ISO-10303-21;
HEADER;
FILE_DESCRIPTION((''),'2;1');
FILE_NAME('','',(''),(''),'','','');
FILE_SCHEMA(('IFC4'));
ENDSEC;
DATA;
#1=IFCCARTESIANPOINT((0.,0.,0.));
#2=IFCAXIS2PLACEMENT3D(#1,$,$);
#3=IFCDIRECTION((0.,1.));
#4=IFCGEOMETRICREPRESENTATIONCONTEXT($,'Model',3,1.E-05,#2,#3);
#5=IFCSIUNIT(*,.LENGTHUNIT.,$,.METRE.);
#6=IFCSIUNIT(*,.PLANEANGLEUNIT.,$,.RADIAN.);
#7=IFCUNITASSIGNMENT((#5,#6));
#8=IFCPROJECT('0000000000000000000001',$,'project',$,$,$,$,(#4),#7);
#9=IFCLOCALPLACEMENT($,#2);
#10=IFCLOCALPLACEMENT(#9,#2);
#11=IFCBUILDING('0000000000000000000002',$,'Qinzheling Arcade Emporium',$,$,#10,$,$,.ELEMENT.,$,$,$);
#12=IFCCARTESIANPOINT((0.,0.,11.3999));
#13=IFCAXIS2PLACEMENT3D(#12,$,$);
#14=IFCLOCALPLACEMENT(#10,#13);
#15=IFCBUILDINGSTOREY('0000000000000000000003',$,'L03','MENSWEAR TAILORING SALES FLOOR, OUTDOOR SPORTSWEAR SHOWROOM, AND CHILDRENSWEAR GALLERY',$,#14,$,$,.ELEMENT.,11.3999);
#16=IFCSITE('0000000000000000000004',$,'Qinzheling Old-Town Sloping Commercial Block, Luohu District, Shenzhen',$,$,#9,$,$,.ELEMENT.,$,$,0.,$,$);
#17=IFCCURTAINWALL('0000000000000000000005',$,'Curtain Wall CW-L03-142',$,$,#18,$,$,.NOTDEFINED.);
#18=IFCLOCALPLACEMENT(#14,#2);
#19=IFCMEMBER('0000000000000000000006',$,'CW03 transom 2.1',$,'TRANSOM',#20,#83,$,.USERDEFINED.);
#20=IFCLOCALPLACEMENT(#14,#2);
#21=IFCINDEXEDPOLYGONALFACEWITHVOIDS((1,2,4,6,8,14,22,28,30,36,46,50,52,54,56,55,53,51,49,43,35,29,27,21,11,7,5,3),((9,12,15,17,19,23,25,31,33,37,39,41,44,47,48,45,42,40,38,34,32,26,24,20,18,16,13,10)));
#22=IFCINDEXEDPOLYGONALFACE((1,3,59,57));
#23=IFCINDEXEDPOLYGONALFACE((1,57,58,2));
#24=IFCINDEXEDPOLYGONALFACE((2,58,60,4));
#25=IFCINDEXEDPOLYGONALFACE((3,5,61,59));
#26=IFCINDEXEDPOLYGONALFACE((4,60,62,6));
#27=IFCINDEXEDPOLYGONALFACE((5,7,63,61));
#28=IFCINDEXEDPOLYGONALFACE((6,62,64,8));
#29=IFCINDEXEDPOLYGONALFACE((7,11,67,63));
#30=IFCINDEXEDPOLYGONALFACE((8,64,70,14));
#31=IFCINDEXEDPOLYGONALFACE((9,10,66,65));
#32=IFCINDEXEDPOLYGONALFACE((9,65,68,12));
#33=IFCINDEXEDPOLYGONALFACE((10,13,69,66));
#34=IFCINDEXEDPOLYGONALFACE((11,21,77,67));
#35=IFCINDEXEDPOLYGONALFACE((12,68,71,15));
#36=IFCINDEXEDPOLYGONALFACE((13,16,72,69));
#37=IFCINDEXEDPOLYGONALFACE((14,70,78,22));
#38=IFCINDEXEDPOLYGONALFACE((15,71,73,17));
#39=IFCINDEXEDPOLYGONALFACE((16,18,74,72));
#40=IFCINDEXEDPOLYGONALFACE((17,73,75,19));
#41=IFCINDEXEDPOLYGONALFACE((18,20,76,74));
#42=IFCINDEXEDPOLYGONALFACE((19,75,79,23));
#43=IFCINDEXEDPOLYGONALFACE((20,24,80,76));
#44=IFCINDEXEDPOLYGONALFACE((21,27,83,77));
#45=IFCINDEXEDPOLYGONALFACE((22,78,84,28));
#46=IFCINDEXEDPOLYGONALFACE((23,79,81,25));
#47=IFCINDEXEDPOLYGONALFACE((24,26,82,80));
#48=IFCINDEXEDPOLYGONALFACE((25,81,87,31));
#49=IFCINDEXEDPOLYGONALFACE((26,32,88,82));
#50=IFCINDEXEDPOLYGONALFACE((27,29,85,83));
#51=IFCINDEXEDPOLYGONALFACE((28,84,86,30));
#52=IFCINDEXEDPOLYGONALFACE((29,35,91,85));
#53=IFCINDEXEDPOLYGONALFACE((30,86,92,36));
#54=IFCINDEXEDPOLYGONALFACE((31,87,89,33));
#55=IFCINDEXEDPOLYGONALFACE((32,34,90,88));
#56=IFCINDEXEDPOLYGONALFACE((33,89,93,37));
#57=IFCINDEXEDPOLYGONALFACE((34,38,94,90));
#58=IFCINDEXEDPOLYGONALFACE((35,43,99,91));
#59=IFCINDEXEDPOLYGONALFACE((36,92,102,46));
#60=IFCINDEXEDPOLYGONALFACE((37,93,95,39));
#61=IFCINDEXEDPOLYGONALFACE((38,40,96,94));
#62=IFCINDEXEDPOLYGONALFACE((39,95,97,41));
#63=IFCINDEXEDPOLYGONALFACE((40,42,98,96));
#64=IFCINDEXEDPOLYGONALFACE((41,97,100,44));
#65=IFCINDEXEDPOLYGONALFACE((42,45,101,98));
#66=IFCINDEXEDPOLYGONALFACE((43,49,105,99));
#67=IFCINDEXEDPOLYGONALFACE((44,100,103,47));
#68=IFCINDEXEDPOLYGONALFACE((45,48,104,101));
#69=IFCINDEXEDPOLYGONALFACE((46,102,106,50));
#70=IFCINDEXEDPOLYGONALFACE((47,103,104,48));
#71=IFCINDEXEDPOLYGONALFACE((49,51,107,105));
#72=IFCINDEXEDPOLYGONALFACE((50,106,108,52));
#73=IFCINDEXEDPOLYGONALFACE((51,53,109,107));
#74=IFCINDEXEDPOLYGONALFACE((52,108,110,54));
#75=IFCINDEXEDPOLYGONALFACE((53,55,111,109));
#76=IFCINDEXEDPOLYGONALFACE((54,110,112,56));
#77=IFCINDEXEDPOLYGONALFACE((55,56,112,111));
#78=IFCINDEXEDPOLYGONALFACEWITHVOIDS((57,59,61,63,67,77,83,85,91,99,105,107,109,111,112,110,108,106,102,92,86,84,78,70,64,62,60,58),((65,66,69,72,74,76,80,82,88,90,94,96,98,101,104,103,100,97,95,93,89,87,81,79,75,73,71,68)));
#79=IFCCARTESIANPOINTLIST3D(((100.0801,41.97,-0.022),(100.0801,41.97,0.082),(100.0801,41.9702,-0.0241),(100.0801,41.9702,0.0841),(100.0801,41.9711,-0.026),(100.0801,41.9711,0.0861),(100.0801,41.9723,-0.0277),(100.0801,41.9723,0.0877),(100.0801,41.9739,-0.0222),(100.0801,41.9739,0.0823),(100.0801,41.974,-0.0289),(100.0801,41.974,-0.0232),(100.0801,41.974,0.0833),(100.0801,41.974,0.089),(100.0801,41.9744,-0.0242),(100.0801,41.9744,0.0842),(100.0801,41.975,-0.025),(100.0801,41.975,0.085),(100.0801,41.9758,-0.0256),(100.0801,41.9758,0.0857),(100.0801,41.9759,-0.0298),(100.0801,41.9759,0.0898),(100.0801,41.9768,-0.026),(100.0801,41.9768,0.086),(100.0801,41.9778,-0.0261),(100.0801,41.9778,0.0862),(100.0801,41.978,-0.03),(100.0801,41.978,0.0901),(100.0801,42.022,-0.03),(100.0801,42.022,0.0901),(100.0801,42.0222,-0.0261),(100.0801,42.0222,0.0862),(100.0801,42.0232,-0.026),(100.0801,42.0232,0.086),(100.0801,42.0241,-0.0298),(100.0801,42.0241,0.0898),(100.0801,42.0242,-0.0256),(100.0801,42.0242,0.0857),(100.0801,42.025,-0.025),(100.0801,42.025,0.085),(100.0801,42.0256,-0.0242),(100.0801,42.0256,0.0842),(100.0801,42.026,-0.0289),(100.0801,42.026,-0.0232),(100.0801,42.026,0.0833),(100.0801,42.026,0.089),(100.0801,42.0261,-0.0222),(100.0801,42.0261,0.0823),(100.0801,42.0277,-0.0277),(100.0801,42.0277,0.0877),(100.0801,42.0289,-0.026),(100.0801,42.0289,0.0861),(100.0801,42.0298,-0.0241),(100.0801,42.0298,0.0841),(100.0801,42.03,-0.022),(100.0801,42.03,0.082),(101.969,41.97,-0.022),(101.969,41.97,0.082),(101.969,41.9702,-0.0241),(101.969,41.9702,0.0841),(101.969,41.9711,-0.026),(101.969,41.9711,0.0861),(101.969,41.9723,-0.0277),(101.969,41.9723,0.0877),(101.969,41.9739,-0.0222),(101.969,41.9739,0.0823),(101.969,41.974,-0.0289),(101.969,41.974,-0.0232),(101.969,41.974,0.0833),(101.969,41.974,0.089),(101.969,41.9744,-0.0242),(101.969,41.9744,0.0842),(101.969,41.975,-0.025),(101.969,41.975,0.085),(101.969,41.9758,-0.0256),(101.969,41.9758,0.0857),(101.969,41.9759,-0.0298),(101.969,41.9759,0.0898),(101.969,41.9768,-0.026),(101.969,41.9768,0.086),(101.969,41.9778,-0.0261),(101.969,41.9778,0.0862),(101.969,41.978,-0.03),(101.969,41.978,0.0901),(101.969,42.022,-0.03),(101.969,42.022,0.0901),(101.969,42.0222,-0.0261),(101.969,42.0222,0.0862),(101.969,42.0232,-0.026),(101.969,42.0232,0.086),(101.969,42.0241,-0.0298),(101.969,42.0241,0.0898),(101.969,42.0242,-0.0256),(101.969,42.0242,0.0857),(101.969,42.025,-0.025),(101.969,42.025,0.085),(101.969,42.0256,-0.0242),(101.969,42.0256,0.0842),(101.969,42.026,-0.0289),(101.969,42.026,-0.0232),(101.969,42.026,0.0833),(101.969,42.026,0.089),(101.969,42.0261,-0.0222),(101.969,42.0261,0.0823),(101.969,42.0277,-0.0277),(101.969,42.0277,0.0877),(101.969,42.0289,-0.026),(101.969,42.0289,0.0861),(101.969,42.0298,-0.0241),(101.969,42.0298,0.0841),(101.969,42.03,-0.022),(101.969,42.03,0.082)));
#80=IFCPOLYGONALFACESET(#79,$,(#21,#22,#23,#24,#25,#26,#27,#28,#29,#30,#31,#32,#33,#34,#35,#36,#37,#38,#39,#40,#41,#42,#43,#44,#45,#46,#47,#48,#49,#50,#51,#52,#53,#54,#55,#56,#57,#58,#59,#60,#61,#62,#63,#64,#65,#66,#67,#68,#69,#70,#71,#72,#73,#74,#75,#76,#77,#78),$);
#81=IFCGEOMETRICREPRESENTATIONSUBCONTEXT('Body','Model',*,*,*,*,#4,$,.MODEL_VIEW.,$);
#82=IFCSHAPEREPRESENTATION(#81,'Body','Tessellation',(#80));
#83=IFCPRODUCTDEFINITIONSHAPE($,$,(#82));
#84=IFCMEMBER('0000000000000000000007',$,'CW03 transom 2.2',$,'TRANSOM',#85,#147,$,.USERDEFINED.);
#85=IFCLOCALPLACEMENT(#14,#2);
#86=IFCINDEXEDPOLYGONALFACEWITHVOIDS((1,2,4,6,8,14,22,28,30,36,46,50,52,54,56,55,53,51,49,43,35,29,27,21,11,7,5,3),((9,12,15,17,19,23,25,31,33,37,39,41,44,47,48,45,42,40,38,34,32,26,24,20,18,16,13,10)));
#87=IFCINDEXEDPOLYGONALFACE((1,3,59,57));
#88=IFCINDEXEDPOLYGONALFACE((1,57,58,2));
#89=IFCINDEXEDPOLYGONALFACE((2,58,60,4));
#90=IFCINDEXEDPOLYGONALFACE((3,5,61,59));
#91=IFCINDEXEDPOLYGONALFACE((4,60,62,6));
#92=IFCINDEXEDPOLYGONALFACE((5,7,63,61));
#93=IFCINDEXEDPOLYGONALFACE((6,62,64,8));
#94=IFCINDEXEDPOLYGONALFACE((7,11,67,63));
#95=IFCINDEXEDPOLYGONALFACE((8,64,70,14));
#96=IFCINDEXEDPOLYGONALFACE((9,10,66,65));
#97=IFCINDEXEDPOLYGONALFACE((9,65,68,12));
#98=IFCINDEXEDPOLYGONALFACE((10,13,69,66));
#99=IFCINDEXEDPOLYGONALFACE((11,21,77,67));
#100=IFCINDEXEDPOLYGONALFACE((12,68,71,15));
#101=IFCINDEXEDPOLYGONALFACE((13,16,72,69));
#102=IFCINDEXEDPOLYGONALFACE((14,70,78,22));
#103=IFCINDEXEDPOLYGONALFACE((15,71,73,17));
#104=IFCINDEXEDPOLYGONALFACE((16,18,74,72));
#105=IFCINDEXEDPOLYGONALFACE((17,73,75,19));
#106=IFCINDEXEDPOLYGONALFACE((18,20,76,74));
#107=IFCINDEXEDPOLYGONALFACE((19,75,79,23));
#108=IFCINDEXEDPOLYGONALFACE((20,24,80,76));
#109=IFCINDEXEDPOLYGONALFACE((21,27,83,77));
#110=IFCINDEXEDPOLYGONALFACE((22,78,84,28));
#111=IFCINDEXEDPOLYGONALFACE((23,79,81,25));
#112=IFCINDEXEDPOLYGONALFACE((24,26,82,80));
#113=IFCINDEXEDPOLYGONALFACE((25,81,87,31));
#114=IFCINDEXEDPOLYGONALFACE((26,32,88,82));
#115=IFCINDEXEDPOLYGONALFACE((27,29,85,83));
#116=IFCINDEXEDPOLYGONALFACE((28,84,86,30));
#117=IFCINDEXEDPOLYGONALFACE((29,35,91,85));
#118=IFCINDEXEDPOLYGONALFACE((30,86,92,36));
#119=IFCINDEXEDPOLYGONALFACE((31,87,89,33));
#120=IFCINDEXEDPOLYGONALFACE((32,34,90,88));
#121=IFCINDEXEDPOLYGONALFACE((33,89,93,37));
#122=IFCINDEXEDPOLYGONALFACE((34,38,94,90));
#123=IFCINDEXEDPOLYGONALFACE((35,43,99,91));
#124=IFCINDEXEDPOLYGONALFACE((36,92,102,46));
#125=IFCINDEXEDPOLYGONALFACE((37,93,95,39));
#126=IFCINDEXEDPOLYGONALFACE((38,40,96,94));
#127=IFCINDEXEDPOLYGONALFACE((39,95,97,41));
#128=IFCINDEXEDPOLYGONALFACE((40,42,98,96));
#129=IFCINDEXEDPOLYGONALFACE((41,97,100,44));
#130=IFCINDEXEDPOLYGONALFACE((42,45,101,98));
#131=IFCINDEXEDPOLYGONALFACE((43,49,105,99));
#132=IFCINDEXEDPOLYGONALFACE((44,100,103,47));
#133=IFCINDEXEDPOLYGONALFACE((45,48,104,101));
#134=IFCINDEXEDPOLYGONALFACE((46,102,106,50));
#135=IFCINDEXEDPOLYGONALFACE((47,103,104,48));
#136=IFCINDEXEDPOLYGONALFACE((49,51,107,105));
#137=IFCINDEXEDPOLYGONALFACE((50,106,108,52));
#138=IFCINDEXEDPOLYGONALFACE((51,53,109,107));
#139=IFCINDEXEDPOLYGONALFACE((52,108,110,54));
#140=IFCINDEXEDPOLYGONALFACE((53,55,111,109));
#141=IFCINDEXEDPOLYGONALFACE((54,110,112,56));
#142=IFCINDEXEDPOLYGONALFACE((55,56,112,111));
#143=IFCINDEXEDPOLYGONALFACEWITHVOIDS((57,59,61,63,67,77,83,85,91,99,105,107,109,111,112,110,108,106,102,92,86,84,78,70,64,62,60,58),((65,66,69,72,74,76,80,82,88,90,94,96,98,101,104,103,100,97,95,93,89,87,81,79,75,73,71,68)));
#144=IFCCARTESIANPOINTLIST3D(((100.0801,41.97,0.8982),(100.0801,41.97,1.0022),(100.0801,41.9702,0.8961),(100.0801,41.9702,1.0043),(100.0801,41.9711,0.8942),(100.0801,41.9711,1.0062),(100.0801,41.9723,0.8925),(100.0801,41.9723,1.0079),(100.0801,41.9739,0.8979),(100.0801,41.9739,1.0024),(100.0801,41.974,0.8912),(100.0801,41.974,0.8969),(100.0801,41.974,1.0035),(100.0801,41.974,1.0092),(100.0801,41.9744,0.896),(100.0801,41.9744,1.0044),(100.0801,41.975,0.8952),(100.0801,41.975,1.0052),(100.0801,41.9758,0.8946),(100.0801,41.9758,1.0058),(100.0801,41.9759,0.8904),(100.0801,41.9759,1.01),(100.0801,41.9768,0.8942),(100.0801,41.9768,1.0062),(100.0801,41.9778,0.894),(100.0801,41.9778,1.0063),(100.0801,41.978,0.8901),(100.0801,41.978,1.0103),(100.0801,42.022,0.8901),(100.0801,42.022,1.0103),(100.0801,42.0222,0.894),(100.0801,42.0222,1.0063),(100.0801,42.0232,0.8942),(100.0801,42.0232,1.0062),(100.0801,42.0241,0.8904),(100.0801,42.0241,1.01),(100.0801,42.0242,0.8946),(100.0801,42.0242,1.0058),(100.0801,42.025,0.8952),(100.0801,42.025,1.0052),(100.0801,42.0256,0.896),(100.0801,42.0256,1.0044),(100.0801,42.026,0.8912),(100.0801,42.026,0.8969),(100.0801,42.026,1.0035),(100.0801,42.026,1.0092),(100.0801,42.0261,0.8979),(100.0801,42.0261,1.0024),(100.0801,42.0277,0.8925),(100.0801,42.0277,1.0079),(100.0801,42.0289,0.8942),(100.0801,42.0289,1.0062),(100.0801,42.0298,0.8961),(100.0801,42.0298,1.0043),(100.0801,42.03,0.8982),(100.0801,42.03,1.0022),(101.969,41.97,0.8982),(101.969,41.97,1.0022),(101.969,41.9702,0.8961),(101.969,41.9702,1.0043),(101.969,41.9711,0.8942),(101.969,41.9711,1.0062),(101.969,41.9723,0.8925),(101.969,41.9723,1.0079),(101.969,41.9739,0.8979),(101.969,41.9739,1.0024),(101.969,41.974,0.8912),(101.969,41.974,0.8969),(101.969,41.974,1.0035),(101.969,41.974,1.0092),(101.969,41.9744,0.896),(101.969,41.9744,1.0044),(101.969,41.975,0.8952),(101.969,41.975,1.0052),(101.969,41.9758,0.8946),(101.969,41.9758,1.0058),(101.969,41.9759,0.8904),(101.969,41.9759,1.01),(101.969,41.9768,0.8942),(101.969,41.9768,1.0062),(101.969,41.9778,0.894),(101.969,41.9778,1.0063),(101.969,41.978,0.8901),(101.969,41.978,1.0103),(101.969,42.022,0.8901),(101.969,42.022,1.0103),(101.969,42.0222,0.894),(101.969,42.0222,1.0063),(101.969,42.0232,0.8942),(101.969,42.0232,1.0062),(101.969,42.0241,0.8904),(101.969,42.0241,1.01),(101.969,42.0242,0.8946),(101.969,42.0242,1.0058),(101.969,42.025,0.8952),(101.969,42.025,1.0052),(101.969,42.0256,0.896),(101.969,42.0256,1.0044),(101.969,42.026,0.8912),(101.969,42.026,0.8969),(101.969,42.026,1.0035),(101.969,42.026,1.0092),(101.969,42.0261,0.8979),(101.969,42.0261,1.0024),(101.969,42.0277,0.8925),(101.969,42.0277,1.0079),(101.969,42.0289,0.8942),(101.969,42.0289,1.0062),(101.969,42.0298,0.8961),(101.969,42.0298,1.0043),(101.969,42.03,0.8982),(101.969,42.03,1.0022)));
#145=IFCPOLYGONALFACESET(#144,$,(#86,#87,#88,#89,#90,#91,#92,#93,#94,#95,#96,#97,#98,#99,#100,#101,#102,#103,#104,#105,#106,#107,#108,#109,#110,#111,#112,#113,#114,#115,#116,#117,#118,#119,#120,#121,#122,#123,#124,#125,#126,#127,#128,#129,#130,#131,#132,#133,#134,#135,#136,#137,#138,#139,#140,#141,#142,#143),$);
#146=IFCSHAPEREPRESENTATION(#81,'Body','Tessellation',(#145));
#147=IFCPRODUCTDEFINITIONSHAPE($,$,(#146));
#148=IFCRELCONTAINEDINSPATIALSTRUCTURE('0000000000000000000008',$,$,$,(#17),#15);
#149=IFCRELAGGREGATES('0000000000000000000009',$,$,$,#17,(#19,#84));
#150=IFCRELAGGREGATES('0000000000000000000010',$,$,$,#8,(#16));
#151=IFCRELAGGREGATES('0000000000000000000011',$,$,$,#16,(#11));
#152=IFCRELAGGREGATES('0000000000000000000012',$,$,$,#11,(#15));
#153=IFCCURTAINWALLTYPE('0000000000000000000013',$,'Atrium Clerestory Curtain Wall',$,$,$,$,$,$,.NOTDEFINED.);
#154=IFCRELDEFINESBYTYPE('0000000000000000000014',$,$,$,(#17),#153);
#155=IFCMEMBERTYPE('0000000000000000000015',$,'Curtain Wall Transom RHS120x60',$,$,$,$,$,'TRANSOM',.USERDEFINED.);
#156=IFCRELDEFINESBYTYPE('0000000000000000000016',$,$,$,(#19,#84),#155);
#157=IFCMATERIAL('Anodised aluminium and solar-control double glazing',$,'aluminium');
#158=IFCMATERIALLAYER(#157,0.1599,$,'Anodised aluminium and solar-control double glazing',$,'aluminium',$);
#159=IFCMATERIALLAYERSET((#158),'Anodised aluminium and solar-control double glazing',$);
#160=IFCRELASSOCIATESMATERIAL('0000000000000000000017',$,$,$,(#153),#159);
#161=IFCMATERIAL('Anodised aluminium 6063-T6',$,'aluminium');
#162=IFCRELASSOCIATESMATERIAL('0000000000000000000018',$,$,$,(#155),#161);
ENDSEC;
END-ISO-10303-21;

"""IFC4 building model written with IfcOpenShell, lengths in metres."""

from ifc_helpers import new_model, si_unit, direction, frame, origin, origin_2d, place, context, subcontext, project, spatial, hollow_rectangle, extrude, material, layer, layer_set, material_profile, profile_set, type_object, element, aggregate, save


model = new_model("IFC4")

# Units and contexts
model_context = context("Model", 3, precision=1e-05, world=origin(), true_north=direction((0.0, 1.0)))
body_context = subcontext(model_context, "Body", "Model", "MODEL_VIEW")
ifc_project = project(units=[si_unit("LENGTHUNIT", "METRE"), si_unit("PLANEANGLEUNIT", "RADIAN")], contexts=[model_context])

# Site, building, storey
site_placement = place(None, origin())
site = spatial("IfcSite", under=ifc_project, at=site_placement, Name="Qinzheling Old-Town Sloping Commercial Block, Luohu District, Shenzhen", CompositionType="ELEMENT", RefElevation=0.0)
building_placement = place(site_placement, origin())
building = spatial("IfcBuilding", under=site, at=building_placement, Name="Qinzheling Arcade Emporium", CompositionType="ELEMENT")
storey_placement = place(building_placement, frame((0.0, 0.0, 11.3999)))
storey = spatial("IfcBuildingStorey", under=building, at=storey_placement, Name="L03", Description="MENSWEAR TAILORING SALES FLOOR, OUTDOOR SPORTSWEAR SHOWROOM, AND CHILDRENSWEAR GALLERY", CompositionType="ELEMENT", Elevation=11.3999)

# Curtain wall, members
ifc_material_1 = material(Name="Anodised aluminium and solar-control double glazing", Category="aluminium")
ifc_layer_1 = layer(ifc_material_1, 0.1599, Name="Anodised aluminium and solar-control double glazing", Category="aluminium")
ifc_layer_set_1 = layer_set([ifc_layer_1], Name="Anodised aluminium and solar-control double glazing")
curtain_wall_type = type_object("IfcCurtainWallType", Name="Atrium Clerestory Curtain Wall", PredefinedType="NOTDEFINED", material=ifc_layer_set_1)
curtain_wall_placement = place(storey_placement, origin())
curtain_wall = element("IfcCurtainWall", 1, at=curtain_wall_placement, inside=storey, type_object=curtain_wall_type, Name="Curtain Wall CW-L03-142", PredefinedType="NOTDEFINED")
ifc_material_2 = material(Name="Anodised aluminium 6063-T6", Category="aluminium")
ifc_material_profile_1 = material_profile(ifc_material_2, hollow_rectangle(XDim=0.0601, YDim=0.1201, WallThickness=0.0039, InnerFilletRadius=0.0039, OuterFilletRadius=0.0081, at=origin_2d()), Name="RHS 120x60x4", Category="aluminium")
ifc_profile_set_1 = profile_set([ifc_material_profile_1], Name="Anodised aluminium 6063-T6")
member_type_1 = type_object("IfcMemberType", Name="Curtain Wall Transom RHS120x60", ElementType="TRANSOM", PredefinedType="USERDEFINED", material=ifc_profile_set_1)
member_1_placement = place(storey_placement, frame((101.969, 42.0, 0.03), z_axis=(-1.0, 0.0, 0.0), x_axis=(0.0, -1.0, 0.0)))
member_1 = element("IfcMember", 2, at=member_1_placement, type_object=member_type_1, Name="CW03 transom 2.1", ObjectType="TRANSOM", PredefinedType="USERDEFINED", context=body_context, shape_type="SweptSolid", body=[
    extrude(hollow_rectangle(XDim=0.0601, YDim=0.1201, WallThickness=0.0039, InnerFilletRadius=0.0039, OuterFilletRadius=0.0081, at=origin_2d()), origin(), (0.0, 0.0, 1.0), 1.8889),
])
member_2_placement = place(storey_placement, frame((101.969, 42.0, 0.9502), z_axis=(-1.0, 0.0, 0.0), x_axis=(0.0, -1.0, 0.0)))
member_2 = element("IfcMember", 3, at=member_2_placement, type_object=member_type_1, Name="CW03 transom 2.2", ObjectType="TRANSOM", PredefinedType="USERDEFINED", context=body_context, shape_type="SweptSolid", body=[
    extrude(hollow_rectangle(XDim=0.0601, YDim=0.1201, WallThickness=0.0039, InnerFilletRadius=0.0039, OuterFilletRadius=0.0081, at=origin_2d()), origin(), (0.0, 0.0, 1.0), 1.8889),
])

aggregate(curtain_wall, [member_1, member_2])

save(model, "model.ifc")
